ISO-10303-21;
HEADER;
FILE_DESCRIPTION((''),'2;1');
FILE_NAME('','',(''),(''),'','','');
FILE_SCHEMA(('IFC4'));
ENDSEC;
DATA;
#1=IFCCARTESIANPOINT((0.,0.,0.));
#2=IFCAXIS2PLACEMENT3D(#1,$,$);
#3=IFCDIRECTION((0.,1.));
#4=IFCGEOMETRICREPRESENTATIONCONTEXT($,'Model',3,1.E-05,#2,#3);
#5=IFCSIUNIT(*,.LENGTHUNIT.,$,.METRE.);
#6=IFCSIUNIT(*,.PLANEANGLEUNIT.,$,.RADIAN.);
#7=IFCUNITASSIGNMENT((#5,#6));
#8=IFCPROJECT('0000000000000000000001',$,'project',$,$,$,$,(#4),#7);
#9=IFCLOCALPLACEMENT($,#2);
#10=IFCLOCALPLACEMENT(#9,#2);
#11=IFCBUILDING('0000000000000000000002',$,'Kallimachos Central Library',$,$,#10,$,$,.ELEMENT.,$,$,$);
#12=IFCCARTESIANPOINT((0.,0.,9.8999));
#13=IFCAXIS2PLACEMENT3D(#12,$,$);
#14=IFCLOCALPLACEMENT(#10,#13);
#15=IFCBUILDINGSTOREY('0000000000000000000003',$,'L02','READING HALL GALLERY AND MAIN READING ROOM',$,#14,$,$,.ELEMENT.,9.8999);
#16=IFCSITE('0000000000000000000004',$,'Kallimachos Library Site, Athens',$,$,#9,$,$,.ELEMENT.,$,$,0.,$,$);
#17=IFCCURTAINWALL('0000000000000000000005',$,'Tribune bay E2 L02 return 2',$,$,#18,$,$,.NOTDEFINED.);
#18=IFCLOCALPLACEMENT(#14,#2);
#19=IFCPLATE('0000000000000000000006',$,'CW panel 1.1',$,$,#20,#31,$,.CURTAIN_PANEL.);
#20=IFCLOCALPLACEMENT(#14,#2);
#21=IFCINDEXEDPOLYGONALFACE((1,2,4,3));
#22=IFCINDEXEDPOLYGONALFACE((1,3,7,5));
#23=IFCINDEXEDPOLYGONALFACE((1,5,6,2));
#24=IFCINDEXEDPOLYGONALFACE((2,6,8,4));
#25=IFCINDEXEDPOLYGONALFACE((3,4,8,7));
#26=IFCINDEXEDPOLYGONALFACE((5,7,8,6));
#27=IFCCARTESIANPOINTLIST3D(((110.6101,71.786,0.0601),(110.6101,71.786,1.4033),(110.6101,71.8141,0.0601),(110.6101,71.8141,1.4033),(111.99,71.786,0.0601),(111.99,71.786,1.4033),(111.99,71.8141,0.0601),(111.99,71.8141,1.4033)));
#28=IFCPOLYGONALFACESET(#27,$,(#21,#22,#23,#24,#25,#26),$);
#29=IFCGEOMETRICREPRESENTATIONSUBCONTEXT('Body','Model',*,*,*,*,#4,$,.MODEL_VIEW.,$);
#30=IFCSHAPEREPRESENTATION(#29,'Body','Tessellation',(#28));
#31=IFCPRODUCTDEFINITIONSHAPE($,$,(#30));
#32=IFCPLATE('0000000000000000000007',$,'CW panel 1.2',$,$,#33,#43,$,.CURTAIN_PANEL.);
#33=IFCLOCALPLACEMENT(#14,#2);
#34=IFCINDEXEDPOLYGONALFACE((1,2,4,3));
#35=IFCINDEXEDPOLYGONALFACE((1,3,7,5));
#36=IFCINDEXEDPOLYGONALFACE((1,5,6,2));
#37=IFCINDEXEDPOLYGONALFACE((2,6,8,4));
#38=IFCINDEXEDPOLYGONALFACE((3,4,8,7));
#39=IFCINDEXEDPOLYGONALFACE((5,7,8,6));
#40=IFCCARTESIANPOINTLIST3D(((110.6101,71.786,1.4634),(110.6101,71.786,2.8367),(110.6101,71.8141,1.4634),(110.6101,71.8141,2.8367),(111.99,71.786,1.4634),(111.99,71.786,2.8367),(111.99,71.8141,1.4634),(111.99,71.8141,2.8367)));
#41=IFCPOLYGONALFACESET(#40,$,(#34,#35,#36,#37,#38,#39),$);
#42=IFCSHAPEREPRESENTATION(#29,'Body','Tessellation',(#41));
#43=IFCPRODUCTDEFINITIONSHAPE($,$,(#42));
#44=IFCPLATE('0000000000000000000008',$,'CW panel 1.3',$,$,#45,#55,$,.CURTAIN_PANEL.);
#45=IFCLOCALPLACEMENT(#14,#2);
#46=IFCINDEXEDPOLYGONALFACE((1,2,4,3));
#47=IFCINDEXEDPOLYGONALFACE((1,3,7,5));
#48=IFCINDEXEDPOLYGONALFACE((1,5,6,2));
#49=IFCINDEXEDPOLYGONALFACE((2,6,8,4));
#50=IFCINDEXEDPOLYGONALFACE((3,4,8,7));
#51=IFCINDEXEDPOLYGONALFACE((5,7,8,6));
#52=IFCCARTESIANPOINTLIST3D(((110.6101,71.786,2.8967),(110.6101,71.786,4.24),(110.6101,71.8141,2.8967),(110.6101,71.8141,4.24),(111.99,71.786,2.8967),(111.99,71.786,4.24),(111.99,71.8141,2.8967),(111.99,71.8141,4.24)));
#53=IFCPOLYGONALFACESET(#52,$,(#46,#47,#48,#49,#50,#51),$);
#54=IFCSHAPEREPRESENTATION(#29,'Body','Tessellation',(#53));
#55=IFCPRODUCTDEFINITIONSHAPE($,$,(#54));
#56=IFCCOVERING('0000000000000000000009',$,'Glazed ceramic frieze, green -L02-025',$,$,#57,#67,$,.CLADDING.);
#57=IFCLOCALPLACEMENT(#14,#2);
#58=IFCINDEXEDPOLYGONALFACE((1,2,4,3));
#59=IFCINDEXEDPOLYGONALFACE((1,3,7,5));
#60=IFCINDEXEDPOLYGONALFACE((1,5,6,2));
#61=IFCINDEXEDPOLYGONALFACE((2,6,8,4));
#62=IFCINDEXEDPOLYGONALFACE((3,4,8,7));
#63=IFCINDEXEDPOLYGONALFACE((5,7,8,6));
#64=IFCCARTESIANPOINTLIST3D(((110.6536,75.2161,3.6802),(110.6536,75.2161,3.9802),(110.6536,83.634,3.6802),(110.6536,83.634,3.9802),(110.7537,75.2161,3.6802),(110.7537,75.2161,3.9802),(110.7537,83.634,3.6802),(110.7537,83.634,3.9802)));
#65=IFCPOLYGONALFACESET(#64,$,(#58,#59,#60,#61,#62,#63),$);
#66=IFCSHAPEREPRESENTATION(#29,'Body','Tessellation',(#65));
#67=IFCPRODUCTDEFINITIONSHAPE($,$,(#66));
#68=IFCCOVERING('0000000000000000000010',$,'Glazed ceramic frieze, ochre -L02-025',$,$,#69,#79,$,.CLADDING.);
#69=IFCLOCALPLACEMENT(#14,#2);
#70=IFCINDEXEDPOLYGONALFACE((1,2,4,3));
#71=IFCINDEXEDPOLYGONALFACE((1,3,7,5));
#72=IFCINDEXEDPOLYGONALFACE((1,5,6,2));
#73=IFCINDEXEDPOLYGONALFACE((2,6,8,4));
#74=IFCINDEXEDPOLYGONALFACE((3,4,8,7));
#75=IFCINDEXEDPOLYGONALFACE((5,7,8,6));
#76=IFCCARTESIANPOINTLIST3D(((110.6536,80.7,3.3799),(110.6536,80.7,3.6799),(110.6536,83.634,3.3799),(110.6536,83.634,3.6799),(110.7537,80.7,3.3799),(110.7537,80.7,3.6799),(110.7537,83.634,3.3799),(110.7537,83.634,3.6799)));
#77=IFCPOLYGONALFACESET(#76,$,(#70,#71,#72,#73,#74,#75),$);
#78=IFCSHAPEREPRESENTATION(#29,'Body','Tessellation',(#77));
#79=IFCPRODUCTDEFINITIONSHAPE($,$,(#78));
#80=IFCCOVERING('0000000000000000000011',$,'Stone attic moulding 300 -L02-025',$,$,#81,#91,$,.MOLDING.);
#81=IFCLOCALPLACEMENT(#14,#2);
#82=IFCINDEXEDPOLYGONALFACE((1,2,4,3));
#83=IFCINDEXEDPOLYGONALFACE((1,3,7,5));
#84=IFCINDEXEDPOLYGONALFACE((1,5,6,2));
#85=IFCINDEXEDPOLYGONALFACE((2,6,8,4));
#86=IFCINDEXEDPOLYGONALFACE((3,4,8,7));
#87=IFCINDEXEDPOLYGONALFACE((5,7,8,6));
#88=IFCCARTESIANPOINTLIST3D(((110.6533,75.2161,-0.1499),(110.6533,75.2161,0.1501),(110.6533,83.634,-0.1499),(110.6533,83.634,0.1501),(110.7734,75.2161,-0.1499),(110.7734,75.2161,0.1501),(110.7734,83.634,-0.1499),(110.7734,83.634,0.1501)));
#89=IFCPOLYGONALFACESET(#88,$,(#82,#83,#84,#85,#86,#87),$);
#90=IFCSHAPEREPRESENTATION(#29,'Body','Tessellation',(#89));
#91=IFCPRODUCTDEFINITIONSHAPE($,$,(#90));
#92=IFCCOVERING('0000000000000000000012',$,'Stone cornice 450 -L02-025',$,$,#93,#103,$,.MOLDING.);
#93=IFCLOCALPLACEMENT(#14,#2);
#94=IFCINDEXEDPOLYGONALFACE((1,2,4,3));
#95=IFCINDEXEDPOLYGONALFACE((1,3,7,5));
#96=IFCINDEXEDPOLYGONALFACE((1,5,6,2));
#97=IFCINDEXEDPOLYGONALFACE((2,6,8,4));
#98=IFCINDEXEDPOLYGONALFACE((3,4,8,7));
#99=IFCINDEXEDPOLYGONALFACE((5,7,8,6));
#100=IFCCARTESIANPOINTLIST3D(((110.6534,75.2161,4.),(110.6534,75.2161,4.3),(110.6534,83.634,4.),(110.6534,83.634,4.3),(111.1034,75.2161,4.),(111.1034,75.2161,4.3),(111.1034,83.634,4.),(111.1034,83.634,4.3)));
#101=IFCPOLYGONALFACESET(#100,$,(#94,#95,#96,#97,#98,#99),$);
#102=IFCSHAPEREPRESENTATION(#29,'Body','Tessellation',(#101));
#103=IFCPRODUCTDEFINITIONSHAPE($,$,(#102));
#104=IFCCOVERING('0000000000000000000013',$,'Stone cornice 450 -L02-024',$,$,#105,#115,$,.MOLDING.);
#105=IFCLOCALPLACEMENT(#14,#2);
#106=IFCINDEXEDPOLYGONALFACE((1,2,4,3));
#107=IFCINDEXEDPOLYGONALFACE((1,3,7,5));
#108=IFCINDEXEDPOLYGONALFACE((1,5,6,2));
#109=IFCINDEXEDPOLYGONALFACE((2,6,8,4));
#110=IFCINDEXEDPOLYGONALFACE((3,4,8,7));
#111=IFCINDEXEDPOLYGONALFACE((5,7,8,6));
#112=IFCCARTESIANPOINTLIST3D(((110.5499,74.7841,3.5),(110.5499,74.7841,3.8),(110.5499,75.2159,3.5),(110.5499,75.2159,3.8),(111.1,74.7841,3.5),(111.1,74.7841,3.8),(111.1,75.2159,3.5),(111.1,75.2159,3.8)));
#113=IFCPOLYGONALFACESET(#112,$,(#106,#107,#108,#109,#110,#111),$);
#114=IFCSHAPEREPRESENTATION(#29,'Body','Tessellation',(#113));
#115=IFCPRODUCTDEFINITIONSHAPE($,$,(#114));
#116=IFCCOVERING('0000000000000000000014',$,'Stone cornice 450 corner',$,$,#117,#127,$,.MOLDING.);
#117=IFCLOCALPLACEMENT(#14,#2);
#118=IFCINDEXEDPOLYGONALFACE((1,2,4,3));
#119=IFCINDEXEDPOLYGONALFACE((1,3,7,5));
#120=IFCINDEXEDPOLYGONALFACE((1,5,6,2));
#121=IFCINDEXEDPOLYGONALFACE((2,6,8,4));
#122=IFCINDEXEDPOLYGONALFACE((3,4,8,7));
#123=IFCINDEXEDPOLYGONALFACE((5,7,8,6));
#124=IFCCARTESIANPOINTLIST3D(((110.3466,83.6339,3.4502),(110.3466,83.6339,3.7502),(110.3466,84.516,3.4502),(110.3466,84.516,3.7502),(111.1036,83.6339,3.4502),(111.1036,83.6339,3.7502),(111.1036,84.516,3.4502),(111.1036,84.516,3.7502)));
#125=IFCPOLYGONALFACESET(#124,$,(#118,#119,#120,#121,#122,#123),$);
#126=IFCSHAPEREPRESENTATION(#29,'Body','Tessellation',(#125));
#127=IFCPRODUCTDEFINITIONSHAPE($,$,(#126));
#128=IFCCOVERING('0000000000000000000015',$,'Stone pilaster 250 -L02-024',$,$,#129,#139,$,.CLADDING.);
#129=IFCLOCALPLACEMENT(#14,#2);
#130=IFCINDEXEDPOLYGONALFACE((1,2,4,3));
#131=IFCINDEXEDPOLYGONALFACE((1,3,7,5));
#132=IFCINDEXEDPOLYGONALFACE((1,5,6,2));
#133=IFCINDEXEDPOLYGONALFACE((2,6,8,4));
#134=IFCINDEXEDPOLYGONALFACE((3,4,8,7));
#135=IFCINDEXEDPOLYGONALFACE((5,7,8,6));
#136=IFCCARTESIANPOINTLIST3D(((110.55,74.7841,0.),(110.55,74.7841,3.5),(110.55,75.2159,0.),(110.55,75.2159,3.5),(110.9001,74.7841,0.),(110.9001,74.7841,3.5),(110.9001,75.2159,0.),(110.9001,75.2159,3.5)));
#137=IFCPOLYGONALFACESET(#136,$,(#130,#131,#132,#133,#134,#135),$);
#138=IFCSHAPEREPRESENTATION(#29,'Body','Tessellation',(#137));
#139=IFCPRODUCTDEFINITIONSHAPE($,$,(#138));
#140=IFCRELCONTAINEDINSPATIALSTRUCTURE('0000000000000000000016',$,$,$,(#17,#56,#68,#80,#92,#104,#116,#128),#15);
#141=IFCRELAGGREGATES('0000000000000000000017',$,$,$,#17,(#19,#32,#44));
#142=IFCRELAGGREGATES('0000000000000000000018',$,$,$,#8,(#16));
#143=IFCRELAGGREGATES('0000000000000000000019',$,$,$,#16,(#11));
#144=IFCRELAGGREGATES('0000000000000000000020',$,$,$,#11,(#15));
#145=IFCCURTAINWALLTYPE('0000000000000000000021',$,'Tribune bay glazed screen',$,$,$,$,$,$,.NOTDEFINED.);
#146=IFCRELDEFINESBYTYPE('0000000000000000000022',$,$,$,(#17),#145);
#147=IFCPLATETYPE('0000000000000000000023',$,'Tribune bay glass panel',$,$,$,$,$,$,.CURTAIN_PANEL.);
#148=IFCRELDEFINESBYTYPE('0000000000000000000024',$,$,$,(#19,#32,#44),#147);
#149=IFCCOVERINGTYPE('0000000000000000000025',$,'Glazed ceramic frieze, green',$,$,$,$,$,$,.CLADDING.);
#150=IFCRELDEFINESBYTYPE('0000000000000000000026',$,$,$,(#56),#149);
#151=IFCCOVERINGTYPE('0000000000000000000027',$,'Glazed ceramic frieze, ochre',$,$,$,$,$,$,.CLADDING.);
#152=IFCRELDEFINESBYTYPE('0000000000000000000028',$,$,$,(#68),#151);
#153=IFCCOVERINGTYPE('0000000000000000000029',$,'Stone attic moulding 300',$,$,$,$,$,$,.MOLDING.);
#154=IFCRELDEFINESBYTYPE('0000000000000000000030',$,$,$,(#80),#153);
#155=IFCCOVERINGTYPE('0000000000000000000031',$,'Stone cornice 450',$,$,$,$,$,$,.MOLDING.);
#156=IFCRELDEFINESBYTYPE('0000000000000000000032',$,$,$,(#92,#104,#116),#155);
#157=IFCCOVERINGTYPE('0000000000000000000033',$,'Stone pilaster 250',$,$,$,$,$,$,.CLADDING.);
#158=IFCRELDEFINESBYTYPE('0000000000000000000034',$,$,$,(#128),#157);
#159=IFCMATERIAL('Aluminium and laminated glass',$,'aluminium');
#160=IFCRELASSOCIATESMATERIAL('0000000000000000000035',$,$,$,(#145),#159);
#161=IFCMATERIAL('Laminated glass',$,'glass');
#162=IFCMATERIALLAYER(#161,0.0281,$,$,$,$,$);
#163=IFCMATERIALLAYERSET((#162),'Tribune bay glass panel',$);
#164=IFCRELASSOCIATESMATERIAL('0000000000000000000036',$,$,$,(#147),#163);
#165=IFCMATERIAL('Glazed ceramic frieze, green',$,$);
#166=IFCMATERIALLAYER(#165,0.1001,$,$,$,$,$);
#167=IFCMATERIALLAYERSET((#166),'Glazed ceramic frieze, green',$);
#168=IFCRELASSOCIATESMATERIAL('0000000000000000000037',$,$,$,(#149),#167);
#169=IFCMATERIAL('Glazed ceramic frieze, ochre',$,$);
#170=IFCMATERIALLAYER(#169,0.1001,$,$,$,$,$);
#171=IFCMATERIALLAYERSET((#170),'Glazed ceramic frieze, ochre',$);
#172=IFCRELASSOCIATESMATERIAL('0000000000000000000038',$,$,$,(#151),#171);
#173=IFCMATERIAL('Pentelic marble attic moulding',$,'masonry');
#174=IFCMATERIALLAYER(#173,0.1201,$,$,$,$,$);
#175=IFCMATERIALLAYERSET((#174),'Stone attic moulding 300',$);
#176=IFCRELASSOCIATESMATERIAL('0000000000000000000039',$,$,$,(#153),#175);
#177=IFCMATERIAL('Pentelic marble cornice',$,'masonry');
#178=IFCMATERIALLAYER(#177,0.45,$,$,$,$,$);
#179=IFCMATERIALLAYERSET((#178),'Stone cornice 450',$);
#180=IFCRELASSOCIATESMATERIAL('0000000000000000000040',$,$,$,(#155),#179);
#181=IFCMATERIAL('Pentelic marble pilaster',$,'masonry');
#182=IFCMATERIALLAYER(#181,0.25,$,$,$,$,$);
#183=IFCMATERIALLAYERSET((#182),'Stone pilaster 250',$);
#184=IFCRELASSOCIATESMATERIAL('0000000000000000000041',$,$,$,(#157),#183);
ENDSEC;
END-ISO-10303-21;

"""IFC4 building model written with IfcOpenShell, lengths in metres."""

from ifc_helpers import new_model, si_unit, direction, frame, origin, origin_2d, place, context, subcontext, project, spatial, rectangle, extrude, material, layer, layer_set, type_object, element, aggregate, save


model = new_model("IFC4")

# Units and contexts
model_context = context("Model", 3, precision=1e-05, world=origin(), true_north=direction((0.0, 1.0)))
body_context = subcontext(model_context, "Body", "Model", "MODEL_VIEW")
ifc_project = project(units=[si_unit("LENGTHUNIT", "METRE"), si_unit("PLANEANGLEUNIT", "RADIAN")], contexts=[model_context])

# Site, building, storey
site_placement = place(None, origin())
site = spatial("IfcSite", under=ifc_project, at=site_placement, Name="Kallimachos Library Site, Athens", CompositionType="ELEMENT", RefElevation=0.0)
building_placement = place(site_placement, origin())
building = spatial("IfcBuilding", under=site, at=building_placement, Name="Kallimachos Central Library", CompositionType="ELEMENT")
storey_placement = place(building_placement, frame((0.0, 0.0, 9.8999)))
storey = spatial("IfcBuildingStorey", under=building, at=storey_placement, Name="L02", Description="READING HALL GALLERY AND MAIN READING ROOM", CompositionType="ELEMENT", Elevation=9.8999)

# Curtain wall
ifc_material_1 = material(Name="Aluminium and laminated glass", Category="aluminium")
curtain_wall_type_1 = type_object("IfcCurtainWallType", Name="Tribune bay glazed screen", PredefinedType="NOTDEFINED", material=ifc_material_1)
curtain_wall_1_placement = place(storey_placement, origin())
curtain_wall_1 = element("IfcCurtainWall", 1, at=curtain_wall_1_placement, inside=storey, type_object=curtain_wall_type_1, Name="Tribune bay E2 L02 return 2", PredefinedType="NOTDEFINED")

# Plates
ifc_material_2 = material(Name="Laminated glass", Category="glass")
ifc_layer_1 = layer(ifc_material_2, 0.0281)
ifc_layer_set_1 = layer_set([ifc_layer_1], Name="Tribune bay glass panel")
plate_type_1 = type_object("IfcPlateType", Name="Tribune bay glass panel", PredefinedType="CURTAIN_PANEL", material=ifc_layer_set_1)
plate_1_placement = place(storey_placement, frame((111.3, 71.8, 0.0601), z_axis=(0.0, 0.0, 1.0), x_axis=(1.0, 0.0, 0.0)))
plate_1 = element("IfcPlate", 2, at=plate_1_placement, type_object=plate_type_1, Name="CW panel 1.1", PredefinedType="CURTAIN_PANEL", context=body_context, shape_type="SweptSolid", body=[
    extrude(rectangle(XDim=1.3799, YDim=0.0281, at=origin_2d()), origin(), (0.0, 0.0, 1.0), 1.3433),
])
plate_2_placement = place(storey_placement, frame((111.3, 71.8, 1.4634), z_axis=(0.0, 0.0, 1.0), x_axis=(1.0, 0.0, 0.0)))
plate_2 = element("IfcPlate", 3, at=plate_2_placement, type_object=plate_type_1, Name="CW panel 1.2", PredefinedType="CURTAIN_PANEL", context=body_context, shape_type="SweptSolid", body=[
    extrude(rectangle(XDim=1.3799, YDim=0.0281, at=origin_2d()), origin(), (0.0, 0.0, 1.0), 1.3733),
])
plate_3_placement = place(storey_placement, frame((111.3, 71.8, 2.8967), z_axis=(0.0, 0.0, 1.0), x_axis=(1.0, 0.0, 0.0)))
plate_3 = element("IfcPlate", 4, at=plate_3_placement, type_object=plate_type_1, Name="CW panel 1.3", PredefinedType="CURTAIN_PANEL", context=body_context, shape_type="SweptSolid", body=[
    extrude(rectangle(XDim=1.3799, YDim=0.0281, at=origin_2d()), origin(), (0.0, 0.0, 1.0), 1.3433),
])
aggregate(curtain_wall_1, [plate_1, plate_2, plate_3])

# Coverings
ifc_material_3 = material(Name="Glazed ceramic frieze, green")
ifc_layer_2 = layer(ifc_material_3, 0.1001)
ifc_layer_set_2 = layer_set([ifc_layer_2], Name="Glazed ceramic frieze, green")
covering_type_1 = type_object("IfcCoveringType", Name="Glazed ceramic frieze, green", PredefinedType="CLADDING", material=ifc_layer_set_2)
covering_1_placement = place(storey_placement, frame((110.7036, 79.425, 3.6802), z_axis=(0.0, 0.0, 1.0), x_axis=(1.0, 0.0, 0.0)))
element("IfcCovering", 5, at=covering_1_placement, inside=storey, type_object=covering_type_1, Name="Glazed ceramic frieze, green -L02-025", PredefinedType="CLADDING", context=body_context, shape_type="SweptSolid", body=[
    extrude(rectangle(XDim=0.1001, YDim=8.418, at=origin_2d()), origin(), (0.0, 0.0, 1.0), 0.3),
])
ifc_material_4 = material(Name="Glazed ceramic frieze, ochre")
ifc_layer_3 = layer(ifc_material_4, 0.1001)
ifc_layer_set_3 = layer_set([ifc_layer_3], Name="Glazed ceramic frieze, ochre")
covering_type_2 = type_object("IfcCoveringType", Name="Glazed ceramic frieze, ochre", PredefinedType="CLADDING", material=ifc_layer_set_3)
covering_2_placement = place(storey_placement, frame((110.7036, 82.167, 3.3799), z_axis=(0.0, 0.0, 1.0), x_axis=(1.0, 0.0, 0.0)))
element("IfcCovering", 6, at=covering_2_placement, inside=storey, type_object=covering_type_2, Name="Glazed ceramic frieze, ochre -L02-025", PredefinedType="CLADDING", context=body_context, shape_type="SweptSolid", body=[
    extrude(rectangle(XDim=0.1001, YDim=2.9341, at=origin_2d()), origin(), (0.0, 0.0, 1.0), 0.3),
])
ifc_material_5 = material(Name="Pentelic marble attic moulding", Category="masonry")
ifc_layer_4 = layer(ifc_material_5, 0.1201)
ifc_layer_set_4 = layer_set([ifc_layer_4], Name="Stone attic moulding 300")
covering_type_3 = type_object("IfcCoveringType", Name="Stone attic moulding 300", PredefinedType="MOLDING", material=ifc_layer_set_4)
covering_3_placement = place(storey_placement, frame((110.7134, 79.425, -0.1499), z_axis=(0.0, 0.0, 1.0), x_axis=(1.0, 0.0, 0.0)))
element("IfcCovering", 7, at=covering_3_placement, inside=storey, type_object=covering_type_3, Name="Stone attic moulding 300 -L02-025", PredefinedType="MOLDING", context=body_context, shape_type="SweptSolid", body=[
    extrude(rectangle(XDim=0.1201, YDim=8.418, at=origin_2d()), origin(), (0.0, 0.0, 1.0), 0.3),
])
ifc_material_6 = material(Name="Pentelic marble cornice", Category="masonry")
ifc_layer_5 = layer(ifc_material_6, 0.45)
ifc_layer_set_5 = layer_set([ifc_layer_5], Name="Stone cornice 450")
covering_type_4 = type_object("IfcCoveringType", Name="Stone cornice 450", PredefinedType="MOLDING", material=ifc_layer_set_5)
covering_4_placement = place(storey_placement, frame((110.8784, 79.425, 4.0), z_axis=(0.0, 0.0, 1.0), x_axis=(1.0, 0.0, 0.0)))
element("IfcCovering", 8, at=covering_4_placement, inside=storey, type_object=covering_type_4, Name="Stone cornice 450 -L02-025", PredefinedType="MOLDING", context=body_context, shape_type="SweptSolid", body=[
    extrude(rectangle(XDim=0.45, YDim=8.418, at=origin_2d()), origin(), (0.0, 0.0, 1.0), 0.3),
])
covering_5_placement = place(storey_placement, frame((110.825, 75.0, 3.5), z_axis=(0.0, 0.0, 1.0), x_axis=(1.0, 0.0, 0.0)))
element("IfcCovering", 9, at=covering_5_placement, inside=storey, type_object=covering_type_4, Name="Stone cornice 450 -L02-024", PredefinedType="MOLDING", context=body_context, shape_type="SweptSolid", body=[
    extrude(rectangle(XDim=0.55, YDim=0.4319, at=origin_2d()), origin(), (0.0, 0.0, 1.0), 0.3),
])
covering_6_placement = place(storey_placement, frame((110.7251, 84.075, 3.4502), z_axis=(0.0, 0.0, 1.0), x_axis=(1.0, 0.0, 0.0)))
element("IfcCovering", 10, at=covering_6_placement, inside=storey, type_object=covering_type_4, Name="Stone cornice 450 corner", PredefinedType="MOLDING", context=body_context, shape_type="SweptSolid", body=[
    extrude(rectangle(XDim=0.7571, YDim=0.8821, at=origin_2d()), origin(), (0.0, 0.0, 1.0), 0.3),
])
ifc_material_7 = material(Name="Pentelic marble pilaster", Category="masonry")
ifc_layer_6 = layer(ifc_material_7, 0.25)
ifc_layer_set_6 = layer_set([ifc_layer_6], Name="Stone pilaster 250")
covering_type_5 = type_object("IfcCoveringType", Name="Stone pilaster 250", PredefinedType="CLADDING", material=ifc_layer_set_6)
covering_7_placement = place(storey_placement, frame((110.7251, 75.0, 0.0), z_axis=(0.0, 0.0, 1.0), x_axis=(1.0, 0.0, 0.0)))
element("IfcCovering", 11, at=covering_7_placement, inside=storey, type_object=covering_type_5, Name="Stone pilaster 250 -L02-024", PredefinedType="CLADDING", context=body_context, shape_type="SweptSolid", body=[
    extrude(rectangle(XDim=0.3501, YDim=0.4319, at=origin_2d()), origin(), (0.0, 0.0, 1.0), 3.5),
])

save(model, "model.ifc")
